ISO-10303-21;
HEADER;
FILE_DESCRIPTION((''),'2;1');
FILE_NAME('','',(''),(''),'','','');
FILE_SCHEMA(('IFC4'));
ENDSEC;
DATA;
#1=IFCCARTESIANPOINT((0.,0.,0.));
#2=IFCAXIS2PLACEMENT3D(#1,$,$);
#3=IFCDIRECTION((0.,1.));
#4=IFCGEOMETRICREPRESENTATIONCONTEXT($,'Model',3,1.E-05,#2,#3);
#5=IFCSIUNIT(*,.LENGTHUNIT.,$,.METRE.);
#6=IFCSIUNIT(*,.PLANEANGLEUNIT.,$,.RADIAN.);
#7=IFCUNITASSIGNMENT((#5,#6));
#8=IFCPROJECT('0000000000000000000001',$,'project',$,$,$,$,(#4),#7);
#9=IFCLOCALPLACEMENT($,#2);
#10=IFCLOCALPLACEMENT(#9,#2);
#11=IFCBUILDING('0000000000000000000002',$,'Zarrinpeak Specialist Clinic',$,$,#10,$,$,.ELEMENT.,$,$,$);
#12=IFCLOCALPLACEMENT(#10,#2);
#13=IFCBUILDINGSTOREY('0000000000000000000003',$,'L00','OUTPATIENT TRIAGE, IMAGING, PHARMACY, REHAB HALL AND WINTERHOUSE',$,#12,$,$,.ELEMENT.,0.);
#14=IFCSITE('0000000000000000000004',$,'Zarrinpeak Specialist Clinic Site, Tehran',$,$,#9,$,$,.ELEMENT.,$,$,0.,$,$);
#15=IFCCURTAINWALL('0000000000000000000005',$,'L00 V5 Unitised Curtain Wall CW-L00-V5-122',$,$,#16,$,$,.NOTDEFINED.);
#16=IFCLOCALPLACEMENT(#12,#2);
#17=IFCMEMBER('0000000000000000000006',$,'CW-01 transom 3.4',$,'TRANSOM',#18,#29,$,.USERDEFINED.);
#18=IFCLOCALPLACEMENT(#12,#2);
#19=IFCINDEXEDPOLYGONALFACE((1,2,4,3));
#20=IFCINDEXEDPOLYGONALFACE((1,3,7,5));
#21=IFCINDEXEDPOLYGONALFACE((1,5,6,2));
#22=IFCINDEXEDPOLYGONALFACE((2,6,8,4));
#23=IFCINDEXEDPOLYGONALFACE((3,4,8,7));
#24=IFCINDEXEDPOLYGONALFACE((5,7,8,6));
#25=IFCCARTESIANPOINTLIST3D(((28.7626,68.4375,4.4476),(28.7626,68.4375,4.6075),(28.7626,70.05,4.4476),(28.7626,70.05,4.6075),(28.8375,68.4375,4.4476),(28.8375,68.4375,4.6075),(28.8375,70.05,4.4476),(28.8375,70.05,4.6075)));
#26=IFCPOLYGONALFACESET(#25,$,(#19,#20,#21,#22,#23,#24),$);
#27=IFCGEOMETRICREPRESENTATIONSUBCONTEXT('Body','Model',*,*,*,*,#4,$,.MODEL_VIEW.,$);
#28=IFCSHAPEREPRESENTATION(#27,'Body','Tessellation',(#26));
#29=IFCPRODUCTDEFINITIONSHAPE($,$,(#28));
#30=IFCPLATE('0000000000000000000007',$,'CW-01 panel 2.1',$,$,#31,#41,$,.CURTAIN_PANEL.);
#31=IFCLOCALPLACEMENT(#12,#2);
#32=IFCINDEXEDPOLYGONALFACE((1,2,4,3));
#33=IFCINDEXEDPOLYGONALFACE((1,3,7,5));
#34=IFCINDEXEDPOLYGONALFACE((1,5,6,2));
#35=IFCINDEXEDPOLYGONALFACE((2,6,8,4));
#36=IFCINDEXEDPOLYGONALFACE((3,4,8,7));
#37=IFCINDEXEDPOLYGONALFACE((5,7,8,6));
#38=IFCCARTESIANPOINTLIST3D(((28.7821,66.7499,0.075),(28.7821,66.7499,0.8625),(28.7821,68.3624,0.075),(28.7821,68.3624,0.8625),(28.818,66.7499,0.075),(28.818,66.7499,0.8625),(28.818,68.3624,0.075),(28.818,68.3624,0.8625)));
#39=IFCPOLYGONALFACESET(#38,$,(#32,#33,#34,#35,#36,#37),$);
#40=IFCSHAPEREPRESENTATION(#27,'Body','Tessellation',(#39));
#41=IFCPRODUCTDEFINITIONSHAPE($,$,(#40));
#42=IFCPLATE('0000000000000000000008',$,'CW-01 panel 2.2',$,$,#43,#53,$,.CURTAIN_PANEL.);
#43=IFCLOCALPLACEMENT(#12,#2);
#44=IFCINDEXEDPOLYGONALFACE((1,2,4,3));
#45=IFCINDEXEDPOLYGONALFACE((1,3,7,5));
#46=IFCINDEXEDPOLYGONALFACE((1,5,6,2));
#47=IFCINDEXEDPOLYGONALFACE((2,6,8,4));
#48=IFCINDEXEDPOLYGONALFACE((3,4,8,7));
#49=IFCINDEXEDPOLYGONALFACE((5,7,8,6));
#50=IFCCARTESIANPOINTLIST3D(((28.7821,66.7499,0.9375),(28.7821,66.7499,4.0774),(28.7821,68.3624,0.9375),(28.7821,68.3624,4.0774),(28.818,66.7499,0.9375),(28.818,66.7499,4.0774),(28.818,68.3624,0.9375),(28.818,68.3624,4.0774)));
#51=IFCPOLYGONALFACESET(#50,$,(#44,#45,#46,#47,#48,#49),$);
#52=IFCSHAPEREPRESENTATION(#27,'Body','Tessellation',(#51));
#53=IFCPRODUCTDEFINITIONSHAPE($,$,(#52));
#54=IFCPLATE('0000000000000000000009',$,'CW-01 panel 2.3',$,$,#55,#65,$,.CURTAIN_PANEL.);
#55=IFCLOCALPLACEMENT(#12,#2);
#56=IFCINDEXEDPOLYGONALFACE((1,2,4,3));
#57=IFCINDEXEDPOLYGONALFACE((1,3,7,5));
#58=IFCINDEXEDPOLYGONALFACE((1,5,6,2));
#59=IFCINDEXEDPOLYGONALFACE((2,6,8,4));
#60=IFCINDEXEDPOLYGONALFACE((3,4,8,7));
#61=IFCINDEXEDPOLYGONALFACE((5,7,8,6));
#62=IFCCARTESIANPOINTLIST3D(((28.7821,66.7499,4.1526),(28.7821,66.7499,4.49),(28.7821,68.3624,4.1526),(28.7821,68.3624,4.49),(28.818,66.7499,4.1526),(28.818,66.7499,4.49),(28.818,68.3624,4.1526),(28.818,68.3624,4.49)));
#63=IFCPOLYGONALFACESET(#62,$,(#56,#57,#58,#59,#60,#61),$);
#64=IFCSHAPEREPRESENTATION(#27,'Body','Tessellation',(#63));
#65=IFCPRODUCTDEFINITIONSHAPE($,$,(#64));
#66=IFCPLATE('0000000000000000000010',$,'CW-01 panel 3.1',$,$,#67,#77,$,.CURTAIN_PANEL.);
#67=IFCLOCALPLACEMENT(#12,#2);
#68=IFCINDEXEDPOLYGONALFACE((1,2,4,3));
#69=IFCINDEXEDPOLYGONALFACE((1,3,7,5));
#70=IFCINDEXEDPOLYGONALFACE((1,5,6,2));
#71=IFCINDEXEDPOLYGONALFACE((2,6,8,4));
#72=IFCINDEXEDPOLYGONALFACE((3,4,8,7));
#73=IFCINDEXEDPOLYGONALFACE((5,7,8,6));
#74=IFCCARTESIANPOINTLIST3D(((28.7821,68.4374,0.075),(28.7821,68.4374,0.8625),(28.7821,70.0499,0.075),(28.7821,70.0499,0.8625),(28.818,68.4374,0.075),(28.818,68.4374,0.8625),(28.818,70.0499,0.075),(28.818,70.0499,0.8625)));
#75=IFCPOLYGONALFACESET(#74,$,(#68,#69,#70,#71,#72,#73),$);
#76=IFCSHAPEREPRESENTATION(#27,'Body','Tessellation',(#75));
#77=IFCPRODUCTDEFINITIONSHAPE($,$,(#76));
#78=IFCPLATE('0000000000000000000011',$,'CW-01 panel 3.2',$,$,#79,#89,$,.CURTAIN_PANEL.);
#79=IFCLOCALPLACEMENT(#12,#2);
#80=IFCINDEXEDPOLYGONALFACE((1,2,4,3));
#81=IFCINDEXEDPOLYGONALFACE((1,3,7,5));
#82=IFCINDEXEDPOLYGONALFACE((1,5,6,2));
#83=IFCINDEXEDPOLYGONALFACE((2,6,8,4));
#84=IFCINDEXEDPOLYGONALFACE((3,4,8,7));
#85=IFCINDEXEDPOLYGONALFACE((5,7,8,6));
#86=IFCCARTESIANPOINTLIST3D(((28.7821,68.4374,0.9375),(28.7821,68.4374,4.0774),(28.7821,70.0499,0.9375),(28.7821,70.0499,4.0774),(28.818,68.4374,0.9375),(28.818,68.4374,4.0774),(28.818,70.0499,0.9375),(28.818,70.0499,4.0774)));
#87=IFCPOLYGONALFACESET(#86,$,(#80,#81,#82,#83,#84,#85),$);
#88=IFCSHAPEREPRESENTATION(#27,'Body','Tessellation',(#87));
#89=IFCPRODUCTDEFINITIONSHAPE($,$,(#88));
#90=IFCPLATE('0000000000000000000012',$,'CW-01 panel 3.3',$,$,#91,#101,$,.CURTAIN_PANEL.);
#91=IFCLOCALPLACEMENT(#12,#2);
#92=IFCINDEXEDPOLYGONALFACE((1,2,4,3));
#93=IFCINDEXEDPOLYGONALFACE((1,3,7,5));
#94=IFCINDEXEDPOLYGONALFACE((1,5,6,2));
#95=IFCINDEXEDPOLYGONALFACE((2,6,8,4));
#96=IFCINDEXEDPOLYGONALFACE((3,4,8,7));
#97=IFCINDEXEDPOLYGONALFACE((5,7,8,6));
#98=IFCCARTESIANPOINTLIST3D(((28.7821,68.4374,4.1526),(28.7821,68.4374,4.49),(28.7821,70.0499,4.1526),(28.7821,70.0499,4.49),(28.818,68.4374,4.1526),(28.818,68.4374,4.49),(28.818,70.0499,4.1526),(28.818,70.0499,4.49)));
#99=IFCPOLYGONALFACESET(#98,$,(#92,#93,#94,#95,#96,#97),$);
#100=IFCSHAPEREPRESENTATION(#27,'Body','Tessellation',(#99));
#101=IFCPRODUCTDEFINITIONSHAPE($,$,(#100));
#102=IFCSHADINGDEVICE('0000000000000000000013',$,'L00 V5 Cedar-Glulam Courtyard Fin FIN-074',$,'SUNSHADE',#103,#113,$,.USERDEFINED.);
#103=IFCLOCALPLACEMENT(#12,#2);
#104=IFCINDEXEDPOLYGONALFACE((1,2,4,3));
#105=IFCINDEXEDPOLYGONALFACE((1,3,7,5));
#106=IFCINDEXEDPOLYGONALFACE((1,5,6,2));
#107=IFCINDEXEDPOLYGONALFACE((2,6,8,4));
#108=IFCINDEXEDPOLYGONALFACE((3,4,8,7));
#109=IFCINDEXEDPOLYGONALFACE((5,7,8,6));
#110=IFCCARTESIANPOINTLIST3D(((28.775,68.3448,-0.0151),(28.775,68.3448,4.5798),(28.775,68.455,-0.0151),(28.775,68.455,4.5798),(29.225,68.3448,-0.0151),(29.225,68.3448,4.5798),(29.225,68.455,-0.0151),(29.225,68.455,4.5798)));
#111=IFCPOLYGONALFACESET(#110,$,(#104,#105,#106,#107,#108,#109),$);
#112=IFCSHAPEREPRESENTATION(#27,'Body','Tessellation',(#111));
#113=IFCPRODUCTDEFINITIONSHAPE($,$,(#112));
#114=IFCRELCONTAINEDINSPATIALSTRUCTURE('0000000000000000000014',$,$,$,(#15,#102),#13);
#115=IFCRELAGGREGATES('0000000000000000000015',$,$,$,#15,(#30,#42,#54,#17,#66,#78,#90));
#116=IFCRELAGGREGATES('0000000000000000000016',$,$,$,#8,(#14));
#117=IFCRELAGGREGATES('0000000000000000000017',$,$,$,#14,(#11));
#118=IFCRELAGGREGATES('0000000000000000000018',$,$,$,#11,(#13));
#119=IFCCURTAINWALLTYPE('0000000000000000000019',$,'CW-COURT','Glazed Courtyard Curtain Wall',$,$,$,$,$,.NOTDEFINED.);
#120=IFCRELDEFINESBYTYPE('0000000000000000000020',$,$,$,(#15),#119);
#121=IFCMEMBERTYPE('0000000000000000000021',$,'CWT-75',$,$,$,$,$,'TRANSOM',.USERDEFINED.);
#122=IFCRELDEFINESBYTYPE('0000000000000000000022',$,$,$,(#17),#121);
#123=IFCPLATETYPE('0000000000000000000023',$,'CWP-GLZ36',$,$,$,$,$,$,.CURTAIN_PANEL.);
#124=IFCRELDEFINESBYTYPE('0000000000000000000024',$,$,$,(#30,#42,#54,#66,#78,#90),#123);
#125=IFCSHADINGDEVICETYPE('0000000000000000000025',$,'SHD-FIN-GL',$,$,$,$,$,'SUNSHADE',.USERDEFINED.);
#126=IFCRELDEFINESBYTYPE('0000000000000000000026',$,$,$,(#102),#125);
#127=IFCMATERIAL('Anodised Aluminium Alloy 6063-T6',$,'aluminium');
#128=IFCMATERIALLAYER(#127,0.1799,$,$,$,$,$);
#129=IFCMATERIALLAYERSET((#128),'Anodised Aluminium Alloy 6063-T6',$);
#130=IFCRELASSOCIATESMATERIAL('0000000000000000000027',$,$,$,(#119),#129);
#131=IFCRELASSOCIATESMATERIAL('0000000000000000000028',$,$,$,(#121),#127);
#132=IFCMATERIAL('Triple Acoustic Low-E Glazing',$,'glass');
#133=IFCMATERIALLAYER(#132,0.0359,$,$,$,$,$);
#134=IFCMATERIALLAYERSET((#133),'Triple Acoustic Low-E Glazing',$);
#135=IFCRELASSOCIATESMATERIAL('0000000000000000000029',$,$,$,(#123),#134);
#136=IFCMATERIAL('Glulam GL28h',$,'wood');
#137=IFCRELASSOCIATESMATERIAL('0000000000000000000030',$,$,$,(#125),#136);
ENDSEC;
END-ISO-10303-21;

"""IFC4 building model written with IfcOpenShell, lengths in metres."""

from ifc_helpers import new_model, si_unit, direction, frame, origin, origin_2d, place, context, subcontext, project, spatial, rectangle, extrude, material, layer, layer_set, material_profile, profile_set, type_object, element, aggregate, save


model = new_model("IFC4")

# Units and contexts
model_context = context("Model", 3, precision=1e-05, world=origin(), true_north=direction((0.0, 1.0)))
body_context = subcontext(model_context, "Body", "Model", "MODEL_VIEW")
ifc_project = project(units=[si_unit("LENGTHUNIT", "METRE"), si_unit("PLANEANGLEUNIT", "RADIAN")], contexts=[model_context])

# Site, building, storey
site_placement = place(None, origin())
site = spatial("IfcSite", under=ifc_project, at=site_placement, Name="Zarrinpeak Specialist Clinic Site, Tehran", CompositionType="ELEMENT", RefElevation=0.0)
building_placement = place(site_placement, origin())
building = spatial("IfcBuilding", under=site, at=building_placement, Name="Zarrinpeak Specialist Clinic", CompositionType="ELEMENT")
storey_placement = place(building_placement, origin())
storey = spatial("IfcBuildingStorey", under=building, at=storey_placement, Name="L00", Description="OUTPATIENT TRIAGE, IMAGING, PHARMACY, REHAB HALL AND WINTERHOUSE", CompositionType="ELEMENT", Elevation=0.0)

# Curtain wall, member, plates
ifc_material_1 = material(Name="Anodised Aluminium Alloy 6063-T6", Category="aluminium")
ifc_layer_1 = layer(ifc_material_1, 0.1799)
ifc_layer_set_1 = layer_set([ifc_layer_1], Name="Anodised Aluminium Alloy 6063-T6")
curtain_wall_type = type_object("IfcCurtainWallType", Name="CW-COURT", Description="Glazed Courtyard Curtain Wall", PredefinedType="NOTDEFINED", material=ifc_layer_set_1)
curtain_wall_placement = place(storey_placement, origin())
curtain_wall = element("IfcCurtainWall", 1, at=curtain_wall_placement, inside=storey, type_object=curtain_wall_type, Name="L00 V5 Unitised Curtain Wall CW-L00-V5-122", PredefinedType="NOTDEFINED")
ifc_material_profile_1 = material_profile(ifc_material_1, rectangle(XDim=0.075, YDim=0.1599, at=origin_2d()), Name="ALU 75x160")
ifc_profile_set_1 = profile_set([ifc_material_profile_1], Name="Anodised Aluminium Alloy 6063-T6")
member_type_1 = type_object("IfcMemberType", Name="CWT-75", ElementType="TRANSOM", PredefinedType="USERDEFINED", material=ifc_profile_set_1)
member_1_placement = place(storey_placement, frame((28.8, 68.4375, 4.5276), z_axis=(0.0, 1.0, 0.0), x_axis=(-1.0, 0.0, 0.0)))
member_1 = element("IfcMember", 2, at=member_1_placement, type_object=member_type_1, Name="CW-01 transom 3.4", ObjectType="TRANSOM", PredefinedType="USERDEFINED", context=body_context, shape_type="SweptSolid", body=[
    extrude(rectangle(XDim=0.075, YDim=0.1599, at=origin_2d()), origin(), (0.0, 0.0, 1.0), 1.6125),
])
ifc_material_2 = material(Name="Triple Acoustic Low-E Glazing", Category="glass")
ifc_layer_2 = layer(ifc_material_2, 0.0359)
ifc_layer_set_2 = layer_set([ifc_layer_2], Name="Triple Acoustic Low-E Glazing")
plate_type = type_object("IfcPlateType", Name="CWP-GLZ36", PredefinedType="CURTAIN_PANEL", material=ifc_layer_set_2)
plate_1_placement = place(storey_placement, frame((28.8, 67.5562, 0.075), z_axis=(0.0, 0.0, 1.0), x_axis=(0.0, 1.0, 0.0)))
plate_1 = element("IfcPlate", 3, at=plate_1_placement, type_object=plate_type, Name="CW-01 panel 2.1", PredefinedType="CURTAIN_PANEL", context=body_context, shape_type="SweptSolid", body=[
    extrude(rectangle(XDim=1.6125, YDim=0.0359, at=origin_2d()), origin(), (0.0, 0.0, 1.0), 0.7876),
])
plate_2_placement = place(storey_placement, frame((28.8, 67.5562, 0.9375), z_axis=(0.0, 0.0, 1.0), x_axis=(0.0, 1.0, 0.0)))
plate_2 = element("IfcPlate", 4, at=plate_2_placement, type_object=plate_type, Name="CW-01 panel 2.2", PredefinedType="CURTAIN_PANEL", context=body_context, shape_type="SweptSolid", body=[
    extrude(rectangle(XDim=1.6125, YDim=0.0359, at=origin_2d()), origin(), (0.0, 0.0, 1.0), 3.1399),
])
plate_3_placement = place(storey_placement, frame((28.8, 67.5562, 4.1526), z_axis=(0.0, 0.0, 1.0), x_axis=(0.0, 1.0, 0.0)))
plate_3 = element("IfcPlate", 5, at=plate_3_placement, type_object=plate_type, Name="CW-01 panel 2.3", PredefinedType="CURTAIN_PANEL", context=body_context, shape_type="SweptSolid", body=[
    extrude(rectangle(XDim=1.6125, YDim=0.0359, at=origin_2d()), origin(), (0.0, 0.0, 1.0), 0.3374),
])
plate_4_placement = place(storey_placement, frame((28.8, 69.2437, 0.075), z_axis=(0.0, 0.0, 1.0), x_axis=(0.0, 1.0, 0.0)))
plate_4 = element("IfcPlate", 6, at=plate_4_placement, type_object=plate_type, Name="CW-01 panel 3.1", PredefinedType="CURTAIN_PANEL", context=body_context, shape_type="SweptSolid", body=[
    extrude(rectangle(XDim=1.6125, YDim=0.0359, at=origin_2d()), origin(), (0.0, 0.0, 1.0), 0.7876),
])
plate_5_placement = place(storey_placement, frame((28.8, 69.2437, 0.9375), z_axis=(0.0, 0.0, 1.0), x_axis=(0.0, 1.0, 0.0)))
plate_5 = element("IfcPlate", 7, at=plate_5_placement, type_object=plate_type, Name="CW-01 panel 3.2", PredefinedType="CURTAIN_PANEL", context=body_context, shape_type="SweptSolid", body=[
    extrude(rectangle(XDim=1.6125, YDim=0.0359, at=origin_2d()), origin(), (0.0, 0.0, 1.0), 3.1399),
])
plate_6_placement = place(storey_placement, frame((28.8, 69.2437, 4.1526), z_axis=(0.0, 0.0, 1.0), x_axis=(0.0, 1.0, 0.0)))
plate_6 = element("IfcPlate", 8, at=plate_6_placement, type_object=plate_type, Name="CW-01 panel 3.3", PredefinedType="CURTAIN_PANEL", context=body_context, shape_type="SweptSolid", body=[
    extrude(rectangle(XDim=1.6125, YDim=0.0359, at=origin_2d()), origin(), (0.0, 0.0, 1.0), 0.3374),
])
aggregate(curtain_wall, [plate_1, plate_2, plate_3, member_1, plate_4, plate_5, plate_6])

# Shading device
ifc_material_3 = material(Name="Glulam GL28h", Category="wood")
shading_device_type = type_object("IfcShadingDeviceType", Name="SHD-FIN-GL", ElementType="SUNSHADE", PredefinedType="USERDEFINED", material=ifc_material_3)
shading_device_placement = place(storey_placement, frame((29.0, 68.3999, -0.0151), z_axis=(0.0, 0.0, 1.0), x_axis=(1.0, 0.0, 0.0)))
element("IfcShadingDevice", 9, at=shading_device_placement, inside=storey, type_object=shading_device_type, Name="L00 V5 Cedar-Glulam Courtyard Fin FIN-074", ObjectType="SUNSHADE", PredefinedType="USERDEFINED", context=body_context, shape_type="SweptSolid", body=[
    extrude(rectangle(XDim=0.45, YDim=0.1101, at=origin_2d()), origin(), (0.0, 0.0, 1.0), 4.595),
])

save(model, "model.ifc")
